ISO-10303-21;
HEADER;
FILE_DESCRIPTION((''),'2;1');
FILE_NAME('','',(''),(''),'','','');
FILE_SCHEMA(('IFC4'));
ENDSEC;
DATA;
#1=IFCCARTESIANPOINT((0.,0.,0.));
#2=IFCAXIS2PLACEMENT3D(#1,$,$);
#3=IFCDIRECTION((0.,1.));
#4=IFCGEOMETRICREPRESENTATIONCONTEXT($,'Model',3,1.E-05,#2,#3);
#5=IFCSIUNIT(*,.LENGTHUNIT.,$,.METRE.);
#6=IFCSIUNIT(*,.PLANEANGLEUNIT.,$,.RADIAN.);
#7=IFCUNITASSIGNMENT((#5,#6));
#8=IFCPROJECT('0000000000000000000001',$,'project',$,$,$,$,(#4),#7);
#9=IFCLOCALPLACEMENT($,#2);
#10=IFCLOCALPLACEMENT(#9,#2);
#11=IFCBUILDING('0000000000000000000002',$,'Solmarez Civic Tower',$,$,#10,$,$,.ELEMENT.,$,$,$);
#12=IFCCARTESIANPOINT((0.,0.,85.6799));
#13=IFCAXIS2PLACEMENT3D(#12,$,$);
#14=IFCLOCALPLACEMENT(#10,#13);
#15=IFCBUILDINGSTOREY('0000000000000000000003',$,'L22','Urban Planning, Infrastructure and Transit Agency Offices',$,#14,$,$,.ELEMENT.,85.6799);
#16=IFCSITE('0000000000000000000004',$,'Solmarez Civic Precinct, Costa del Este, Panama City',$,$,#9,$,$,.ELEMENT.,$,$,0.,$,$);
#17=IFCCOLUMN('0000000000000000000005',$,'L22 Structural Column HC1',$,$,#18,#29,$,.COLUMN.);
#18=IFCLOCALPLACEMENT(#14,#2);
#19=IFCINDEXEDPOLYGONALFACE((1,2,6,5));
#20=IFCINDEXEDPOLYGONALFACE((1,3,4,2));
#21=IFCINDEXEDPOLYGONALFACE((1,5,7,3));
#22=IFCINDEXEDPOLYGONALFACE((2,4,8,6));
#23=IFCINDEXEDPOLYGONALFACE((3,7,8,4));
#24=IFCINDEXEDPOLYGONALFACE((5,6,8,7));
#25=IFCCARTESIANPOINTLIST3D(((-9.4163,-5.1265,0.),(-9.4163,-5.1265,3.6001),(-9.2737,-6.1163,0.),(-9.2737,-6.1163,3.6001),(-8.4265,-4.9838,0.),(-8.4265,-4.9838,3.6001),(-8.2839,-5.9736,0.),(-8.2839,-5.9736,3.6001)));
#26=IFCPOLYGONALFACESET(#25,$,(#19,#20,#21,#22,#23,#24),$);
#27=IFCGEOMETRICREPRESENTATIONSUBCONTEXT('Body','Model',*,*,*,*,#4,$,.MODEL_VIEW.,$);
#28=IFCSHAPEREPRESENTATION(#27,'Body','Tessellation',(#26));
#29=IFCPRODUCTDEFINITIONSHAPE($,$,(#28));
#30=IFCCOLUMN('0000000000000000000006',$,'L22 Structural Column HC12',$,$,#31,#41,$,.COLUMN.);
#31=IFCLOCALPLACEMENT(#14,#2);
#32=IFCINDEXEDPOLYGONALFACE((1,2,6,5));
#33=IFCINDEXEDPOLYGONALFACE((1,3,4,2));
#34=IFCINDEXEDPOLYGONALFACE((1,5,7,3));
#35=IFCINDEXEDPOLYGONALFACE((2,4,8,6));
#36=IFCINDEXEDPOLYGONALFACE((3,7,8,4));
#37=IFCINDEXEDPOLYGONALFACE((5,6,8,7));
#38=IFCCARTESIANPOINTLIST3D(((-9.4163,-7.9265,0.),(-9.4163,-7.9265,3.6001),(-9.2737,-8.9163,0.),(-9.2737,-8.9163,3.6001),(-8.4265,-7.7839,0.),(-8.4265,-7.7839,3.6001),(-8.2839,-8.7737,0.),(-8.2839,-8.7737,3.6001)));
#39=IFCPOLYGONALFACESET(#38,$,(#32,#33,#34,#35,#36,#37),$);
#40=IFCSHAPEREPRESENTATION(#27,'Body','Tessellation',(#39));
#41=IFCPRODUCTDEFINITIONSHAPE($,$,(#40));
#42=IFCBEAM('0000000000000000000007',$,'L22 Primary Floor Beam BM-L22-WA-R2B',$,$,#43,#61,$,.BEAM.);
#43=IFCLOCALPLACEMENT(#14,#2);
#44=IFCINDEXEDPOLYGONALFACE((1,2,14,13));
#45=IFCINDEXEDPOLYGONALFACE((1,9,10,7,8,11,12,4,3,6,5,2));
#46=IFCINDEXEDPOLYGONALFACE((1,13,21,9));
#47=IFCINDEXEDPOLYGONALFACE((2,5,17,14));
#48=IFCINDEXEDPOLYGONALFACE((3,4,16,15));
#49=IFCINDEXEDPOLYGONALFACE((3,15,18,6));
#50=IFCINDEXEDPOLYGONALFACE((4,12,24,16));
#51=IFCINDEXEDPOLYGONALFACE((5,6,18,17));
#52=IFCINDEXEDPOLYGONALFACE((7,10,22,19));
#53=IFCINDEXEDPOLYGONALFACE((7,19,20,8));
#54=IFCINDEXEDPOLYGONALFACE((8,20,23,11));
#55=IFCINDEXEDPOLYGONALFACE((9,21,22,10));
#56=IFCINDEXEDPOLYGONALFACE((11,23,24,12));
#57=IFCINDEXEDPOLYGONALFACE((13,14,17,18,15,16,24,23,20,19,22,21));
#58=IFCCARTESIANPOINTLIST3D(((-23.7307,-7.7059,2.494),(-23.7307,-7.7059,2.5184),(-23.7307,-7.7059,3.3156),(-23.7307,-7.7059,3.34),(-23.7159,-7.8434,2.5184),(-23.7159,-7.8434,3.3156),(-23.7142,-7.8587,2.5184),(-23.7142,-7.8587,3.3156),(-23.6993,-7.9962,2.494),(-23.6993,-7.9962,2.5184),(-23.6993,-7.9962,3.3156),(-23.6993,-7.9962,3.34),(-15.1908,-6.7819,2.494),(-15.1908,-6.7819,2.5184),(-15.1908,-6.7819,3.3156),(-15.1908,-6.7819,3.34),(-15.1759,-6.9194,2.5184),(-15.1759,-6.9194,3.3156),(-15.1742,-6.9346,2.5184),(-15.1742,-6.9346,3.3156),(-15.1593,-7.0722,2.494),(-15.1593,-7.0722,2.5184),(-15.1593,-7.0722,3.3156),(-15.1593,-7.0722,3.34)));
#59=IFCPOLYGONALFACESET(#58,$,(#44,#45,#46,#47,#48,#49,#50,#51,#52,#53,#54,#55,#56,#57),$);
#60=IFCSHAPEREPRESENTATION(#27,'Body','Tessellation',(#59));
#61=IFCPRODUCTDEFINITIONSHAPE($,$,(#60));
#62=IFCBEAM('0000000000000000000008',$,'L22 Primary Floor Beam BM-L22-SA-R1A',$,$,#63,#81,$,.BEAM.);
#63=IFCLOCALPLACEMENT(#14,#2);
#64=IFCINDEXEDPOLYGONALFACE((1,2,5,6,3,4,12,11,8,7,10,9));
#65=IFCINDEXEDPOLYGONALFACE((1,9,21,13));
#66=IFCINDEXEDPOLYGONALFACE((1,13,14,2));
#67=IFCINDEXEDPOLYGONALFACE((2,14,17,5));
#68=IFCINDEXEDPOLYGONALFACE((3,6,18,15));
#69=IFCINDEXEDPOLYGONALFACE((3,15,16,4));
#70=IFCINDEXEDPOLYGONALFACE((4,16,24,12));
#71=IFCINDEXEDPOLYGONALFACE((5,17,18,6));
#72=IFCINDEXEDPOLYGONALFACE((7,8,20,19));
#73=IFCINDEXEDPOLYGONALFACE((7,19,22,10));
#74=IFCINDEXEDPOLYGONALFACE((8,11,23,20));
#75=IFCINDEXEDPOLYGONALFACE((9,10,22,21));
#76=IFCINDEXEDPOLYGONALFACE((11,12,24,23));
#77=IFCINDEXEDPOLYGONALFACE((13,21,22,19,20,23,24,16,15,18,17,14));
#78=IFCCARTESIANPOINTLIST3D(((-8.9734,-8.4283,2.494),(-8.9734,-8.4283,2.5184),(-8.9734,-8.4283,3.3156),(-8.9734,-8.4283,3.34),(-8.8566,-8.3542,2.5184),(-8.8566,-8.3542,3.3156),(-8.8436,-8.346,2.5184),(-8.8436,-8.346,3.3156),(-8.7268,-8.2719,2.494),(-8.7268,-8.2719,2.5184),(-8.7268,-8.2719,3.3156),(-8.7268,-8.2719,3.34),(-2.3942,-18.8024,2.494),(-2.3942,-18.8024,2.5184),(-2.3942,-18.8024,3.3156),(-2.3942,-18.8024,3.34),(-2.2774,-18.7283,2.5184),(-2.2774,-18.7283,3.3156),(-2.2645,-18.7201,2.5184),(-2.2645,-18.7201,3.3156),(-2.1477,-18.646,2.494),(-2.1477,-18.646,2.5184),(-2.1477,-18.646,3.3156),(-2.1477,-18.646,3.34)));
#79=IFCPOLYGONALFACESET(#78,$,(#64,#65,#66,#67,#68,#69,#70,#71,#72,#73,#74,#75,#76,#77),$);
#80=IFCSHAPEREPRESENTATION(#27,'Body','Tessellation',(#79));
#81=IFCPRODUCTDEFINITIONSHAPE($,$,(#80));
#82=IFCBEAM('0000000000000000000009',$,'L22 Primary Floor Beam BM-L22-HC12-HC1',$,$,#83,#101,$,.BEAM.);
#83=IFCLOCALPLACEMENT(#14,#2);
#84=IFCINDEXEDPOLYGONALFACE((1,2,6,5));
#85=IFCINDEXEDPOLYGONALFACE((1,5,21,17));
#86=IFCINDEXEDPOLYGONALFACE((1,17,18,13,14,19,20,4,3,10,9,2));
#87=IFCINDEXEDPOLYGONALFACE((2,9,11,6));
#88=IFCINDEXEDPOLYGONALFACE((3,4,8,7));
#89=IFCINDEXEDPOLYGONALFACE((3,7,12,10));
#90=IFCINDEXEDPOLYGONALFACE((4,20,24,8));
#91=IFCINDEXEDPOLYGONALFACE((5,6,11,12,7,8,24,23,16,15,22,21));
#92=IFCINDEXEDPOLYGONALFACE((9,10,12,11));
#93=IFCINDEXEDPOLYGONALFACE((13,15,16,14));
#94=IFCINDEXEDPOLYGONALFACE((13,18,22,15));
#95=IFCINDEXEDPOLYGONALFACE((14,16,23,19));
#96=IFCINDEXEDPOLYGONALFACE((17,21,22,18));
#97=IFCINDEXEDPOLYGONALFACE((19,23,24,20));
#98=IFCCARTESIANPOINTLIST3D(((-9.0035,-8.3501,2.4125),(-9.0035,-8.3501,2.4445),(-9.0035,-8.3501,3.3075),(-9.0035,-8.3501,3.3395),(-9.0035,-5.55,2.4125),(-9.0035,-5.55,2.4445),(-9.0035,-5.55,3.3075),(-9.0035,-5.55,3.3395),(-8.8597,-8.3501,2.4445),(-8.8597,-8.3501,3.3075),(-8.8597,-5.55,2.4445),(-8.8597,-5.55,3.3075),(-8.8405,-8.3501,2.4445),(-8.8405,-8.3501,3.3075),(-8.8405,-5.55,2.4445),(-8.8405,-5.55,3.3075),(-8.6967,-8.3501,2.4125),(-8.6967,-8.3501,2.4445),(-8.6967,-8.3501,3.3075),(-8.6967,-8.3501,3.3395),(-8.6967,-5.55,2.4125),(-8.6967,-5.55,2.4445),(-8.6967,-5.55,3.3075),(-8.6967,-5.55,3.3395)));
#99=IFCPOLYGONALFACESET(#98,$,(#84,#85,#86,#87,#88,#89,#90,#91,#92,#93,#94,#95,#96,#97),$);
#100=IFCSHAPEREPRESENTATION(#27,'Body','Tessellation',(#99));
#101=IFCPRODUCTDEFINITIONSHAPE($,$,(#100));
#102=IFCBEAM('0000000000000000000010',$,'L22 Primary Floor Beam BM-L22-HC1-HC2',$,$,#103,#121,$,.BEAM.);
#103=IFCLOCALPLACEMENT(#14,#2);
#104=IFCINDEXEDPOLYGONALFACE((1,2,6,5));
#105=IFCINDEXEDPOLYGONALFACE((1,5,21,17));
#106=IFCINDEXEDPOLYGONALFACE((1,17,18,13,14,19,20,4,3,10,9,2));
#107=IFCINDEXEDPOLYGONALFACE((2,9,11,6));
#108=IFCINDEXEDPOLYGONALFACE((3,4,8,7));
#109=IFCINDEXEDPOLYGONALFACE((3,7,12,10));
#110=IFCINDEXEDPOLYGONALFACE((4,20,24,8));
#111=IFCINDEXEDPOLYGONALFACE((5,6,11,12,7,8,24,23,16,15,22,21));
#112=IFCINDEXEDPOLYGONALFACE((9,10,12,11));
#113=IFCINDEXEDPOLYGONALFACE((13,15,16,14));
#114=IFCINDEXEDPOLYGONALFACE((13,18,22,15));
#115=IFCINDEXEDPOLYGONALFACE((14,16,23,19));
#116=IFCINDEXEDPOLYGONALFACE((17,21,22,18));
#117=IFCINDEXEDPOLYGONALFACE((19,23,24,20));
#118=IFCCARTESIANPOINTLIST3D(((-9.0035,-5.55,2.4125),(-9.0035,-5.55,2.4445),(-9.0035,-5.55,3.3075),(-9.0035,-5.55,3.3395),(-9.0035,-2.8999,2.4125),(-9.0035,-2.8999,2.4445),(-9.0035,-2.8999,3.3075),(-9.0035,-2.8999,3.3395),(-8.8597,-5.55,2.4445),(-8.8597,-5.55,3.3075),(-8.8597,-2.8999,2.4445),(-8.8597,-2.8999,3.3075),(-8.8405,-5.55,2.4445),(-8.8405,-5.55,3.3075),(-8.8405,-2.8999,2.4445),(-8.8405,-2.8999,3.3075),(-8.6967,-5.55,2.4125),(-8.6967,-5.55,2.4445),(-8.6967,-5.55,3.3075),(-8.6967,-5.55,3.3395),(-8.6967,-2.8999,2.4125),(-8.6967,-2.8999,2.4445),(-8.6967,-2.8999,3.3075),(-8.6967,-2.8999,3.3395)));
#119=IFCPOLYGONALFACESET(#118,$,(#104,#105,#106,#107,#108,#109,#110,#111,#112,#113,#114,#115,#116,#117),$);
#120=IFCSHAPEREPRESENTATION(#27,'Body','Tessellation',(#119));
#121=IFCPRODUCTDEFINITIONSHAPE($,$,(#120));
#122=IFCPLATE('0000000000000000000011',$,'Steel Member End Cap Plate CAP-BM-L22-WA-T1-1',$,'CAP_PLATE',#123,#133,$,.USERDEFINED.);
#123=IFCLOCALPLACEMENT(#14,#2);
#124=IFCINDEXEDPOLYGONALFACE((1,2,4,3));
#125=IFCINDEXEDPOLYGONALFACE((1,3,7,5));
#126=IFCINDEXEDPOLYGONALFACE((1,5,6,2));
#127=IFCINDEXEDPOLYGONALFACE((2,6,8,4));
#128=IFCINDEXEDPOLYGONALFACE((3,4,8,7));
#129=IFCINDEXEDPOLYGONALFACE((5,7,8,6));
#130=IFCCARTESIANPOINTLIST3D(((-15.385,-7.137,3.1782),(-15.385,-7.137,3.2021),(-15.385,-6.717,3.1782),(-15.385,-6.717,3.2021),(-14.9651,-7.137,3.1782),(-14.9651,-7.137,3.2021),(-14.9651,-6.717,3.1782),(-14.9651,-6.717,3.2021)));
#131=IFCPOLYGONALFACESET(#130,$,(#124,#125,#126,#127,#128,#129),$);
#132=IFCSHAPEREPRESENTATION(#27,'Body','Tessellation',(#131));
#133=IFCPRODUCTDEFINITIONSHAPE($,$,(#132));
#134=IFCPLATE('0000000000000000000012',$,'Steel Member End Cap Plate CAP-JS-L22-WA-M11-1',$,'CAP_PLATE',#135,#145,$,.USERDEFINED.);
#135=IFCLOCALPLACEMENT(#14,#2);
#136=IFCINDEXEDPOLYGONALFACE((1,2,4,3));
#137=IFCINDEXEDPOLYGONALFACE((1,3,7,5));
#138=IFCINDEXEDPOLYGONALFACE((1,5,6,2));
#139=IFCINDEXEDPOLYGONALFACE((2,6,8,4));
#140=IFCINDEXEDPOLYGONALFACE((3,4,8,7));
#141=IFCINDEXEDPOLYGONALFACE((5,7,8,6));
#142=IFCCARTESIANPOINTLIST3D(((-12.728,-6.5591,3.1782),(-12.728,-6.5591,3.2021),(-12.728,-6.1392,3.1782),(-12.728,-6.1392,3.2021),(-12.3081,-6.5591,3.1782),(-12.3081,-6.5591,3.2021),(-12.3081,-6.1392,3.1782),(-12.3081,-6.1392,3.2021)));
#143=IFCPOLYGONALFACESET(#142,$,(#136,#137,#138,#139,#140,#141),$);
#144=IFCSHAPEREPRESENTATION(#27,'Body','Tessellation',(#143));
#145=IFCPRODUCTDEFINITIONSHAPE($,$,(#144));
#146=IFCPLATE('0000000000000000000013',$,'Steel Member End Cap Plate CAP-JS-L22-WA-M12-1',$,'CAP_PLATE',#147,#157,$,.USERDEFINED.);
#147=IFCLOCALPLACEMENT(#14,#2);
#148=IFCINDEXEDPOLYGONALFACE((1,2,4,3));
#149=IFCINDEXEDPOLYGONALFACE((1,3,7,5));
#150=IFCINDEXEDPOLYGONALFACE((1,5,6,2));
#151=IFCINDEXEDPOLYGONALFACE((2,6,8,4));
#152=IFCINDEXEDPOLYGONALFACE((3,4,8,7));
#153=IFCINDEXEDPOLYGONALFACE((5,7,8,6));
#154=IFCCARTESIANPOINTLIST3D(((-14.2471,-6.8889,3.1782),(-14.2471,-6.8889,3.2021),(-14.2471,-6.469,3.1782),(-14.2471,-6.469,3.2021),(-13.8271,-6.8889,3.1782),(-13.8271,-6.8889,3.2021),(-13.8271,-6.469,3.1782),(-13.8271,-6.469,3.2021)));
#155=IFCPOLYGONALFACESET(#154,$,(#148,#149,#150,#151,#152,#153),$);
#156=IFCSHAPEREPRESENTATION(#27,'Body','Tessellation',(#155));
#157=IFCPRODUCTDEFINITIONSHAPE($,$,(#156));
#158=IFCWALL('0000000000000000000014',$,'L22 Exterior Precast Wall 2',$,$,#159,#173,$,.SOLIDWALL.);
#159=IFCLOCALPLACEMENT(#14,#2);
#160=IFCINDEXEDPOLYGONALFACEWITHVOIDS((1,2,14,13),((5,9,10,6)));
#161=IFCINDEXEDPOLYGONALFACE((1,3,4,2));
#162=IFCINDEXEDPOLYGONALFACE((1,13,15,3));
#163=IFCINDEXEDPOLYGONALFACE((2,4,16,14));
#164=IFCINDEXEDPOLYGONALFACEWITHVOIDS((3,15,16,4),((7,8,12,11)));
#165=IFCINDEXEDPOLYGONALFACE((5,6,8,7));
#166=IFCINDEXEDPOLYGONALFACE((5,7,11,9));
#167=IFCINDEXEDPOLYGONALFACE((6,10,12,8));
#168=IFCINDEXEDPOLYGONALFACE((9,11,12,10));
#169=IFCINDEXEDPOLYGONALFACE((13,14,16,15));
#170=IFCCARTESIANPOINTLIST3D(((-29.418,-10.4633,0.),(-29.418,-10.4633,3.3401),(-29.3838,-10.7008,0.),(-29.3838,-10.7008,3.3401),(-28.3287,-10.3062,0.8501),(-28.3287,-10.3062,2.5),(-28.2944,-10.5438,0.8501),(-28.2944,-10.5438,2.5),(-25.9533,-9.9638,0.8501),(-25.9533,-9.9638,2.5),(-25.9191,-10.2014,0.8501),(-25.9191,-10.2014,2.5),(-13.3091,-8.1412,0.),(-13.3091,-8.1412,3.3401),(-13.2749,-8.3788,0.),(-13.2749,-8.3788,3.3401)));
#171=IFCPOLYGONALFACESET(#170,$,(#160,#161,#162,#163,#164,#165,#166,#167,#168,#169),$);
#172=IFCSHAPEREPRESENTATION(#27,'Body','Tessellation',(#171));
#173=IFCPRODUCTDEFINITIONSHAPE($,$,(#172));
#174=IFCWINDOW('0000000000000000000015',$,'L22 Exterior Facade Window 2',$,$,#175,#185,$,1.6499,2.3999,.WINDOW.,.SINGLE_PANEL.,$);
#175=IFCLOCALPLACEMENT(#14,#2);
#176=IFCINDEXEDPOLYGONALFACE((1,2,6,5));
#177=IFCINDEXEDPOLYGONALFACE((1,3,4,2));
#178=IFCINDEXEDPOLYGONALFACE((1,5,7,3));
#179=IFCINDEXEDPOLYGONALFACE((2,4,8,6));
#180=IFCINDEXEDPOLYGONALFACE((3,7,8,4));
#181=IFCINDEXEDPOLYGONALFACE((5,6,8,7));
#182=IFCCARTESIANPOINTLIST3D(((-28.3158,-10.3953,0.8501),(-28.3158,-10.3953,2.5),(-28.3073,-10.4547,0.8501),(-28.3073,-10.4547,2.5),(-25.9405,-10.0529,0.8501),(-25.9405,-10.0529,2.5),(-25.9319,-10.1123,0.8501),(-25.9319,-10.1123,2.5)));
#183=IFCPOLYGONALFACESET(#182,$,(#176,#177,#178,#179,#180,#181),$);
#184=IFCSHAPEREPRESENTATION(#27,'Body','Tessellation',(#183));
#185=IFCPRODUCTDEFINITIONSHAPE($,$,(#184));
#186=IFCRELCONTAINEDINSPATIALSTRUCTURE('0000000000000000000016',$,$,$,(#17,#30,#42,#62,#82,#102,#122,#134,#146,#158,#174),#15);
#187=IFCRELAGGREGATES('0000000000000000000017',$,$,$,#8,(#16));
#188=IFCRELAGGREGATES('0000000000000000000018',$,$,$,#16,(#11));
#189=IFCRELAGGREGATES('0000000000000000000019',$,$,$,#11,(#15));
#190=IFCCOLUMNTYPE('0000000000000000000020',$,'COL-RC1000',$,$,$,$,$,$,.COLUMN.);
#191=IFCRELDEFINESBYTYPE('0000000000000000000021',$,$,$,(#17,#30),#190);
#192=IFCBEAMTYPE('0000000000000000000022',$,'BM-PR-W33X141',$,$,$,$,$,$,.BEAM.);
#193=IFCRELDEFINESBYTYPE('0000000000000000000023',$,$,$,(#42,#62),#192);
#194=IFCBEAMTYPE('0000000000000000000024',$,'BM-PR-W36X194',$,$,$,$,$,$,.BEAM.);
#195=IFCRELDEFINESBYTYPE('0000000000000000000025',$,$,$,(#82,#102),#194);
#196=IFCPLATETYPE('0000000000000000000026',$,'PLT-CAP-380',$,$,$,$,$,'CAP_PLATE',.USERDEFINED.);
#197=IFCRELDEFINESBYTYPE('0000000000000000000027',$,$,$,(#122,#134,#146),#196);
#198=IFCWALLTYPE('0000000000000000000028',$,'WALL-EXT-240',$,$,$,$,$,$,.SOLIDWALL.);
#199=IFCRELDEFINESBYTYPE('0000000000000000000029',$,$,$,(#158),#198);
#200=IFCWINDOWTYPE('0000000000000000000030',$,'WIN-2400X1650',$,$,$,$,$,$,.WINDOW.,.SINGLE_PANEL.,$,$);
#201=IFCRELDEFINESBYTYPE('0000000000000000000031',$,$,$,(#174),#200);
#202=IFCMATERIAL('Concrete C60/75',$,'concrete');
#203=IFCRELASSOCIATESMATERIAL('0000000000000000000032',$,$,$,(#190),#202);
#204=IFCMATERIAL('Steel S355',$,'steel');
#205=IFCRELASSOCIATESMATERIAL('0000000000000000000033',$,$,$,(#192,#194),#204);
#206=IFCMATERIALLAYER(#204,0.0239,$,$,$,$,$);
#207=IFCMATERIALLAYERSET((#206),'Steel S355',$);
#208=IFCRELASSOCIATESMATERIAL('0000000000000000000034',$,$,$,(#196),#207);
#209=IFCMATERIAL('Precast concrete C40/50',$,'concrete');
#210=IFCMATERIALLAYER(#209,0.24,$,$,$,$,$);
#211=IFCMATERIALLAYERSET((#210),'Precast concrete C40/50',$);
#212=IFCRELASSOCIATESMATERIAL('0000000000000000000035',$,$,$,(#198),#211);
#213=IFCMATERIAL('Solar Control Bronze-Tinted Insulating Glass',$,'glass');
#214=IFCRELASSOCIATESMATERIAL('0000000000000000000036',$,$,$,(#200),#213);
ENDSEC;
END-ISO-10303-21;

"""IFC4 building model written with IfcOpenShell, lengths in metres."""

from ifc_helpers import new_model, si_unit, direction, frame, frame_2d, origin, origin_2d, place, context, subcontext, project, spatial, rectangle, i_section, extrude, material, layer, layer_set, material_profile, profile_set, type_object, element, fill, save


model = new_model("IFC4")

# Units and contexts
model_context = context("Model", 3, precision=1e-05, world=origin(), true_north=direction((0.0, 1.0)))
body_context = subcontext(model_context, "Body", "Model", "MODEL_VIEW")
ifc_project = project(units=[si_unit("LENGTHUNIT", "METRE"), si_unit("PLANEANGLEUNIT", "RADIAN")], contexts=[model_context])

# Site, building, storey
site_placement = place(None, origin())
site = spatial("IfcSite", under=ifc_project, at=site_placement, Name="Solmarez Civic Precinct, Costa del Este, Panama City", CompositionType="ELEMENT", RefElevation=0.0)
building_placement = place(site_placement, origin())
building = spatial("IfcBuilding", under=site, at=building_placement, Name="Solmarez Civic Tower", CompositionType="ELEMENT")
storey_placement = place(building_placement, frame((0.0, 0.0, 85.6799)))
storey = spatial("IfcBuildingStorey", under=building, at=storey_placement, Name="L22", Description="Urban Planning, Infrastructure and Transit Agency Offices", CompositionType="ELEMENT", Elevation=85.6799)

# Columns
ifc_material_1 = material(Name="Concrete C60/75", Category="concrete")
ifc_material_profile_1 = material_profile(ifc_material_1, rectangle(XDim=1.0, YDim=1.0, at=origin_2d()), Name="RC1000X1000")
ifc_profile_set_1 = profile_set([ifc_material_profile_1], Name="Concrete C60/75")
column_type = type_object("IfcColumnType", Name="COL-RC1000", PredefinedType="COLUMN", material=ifc_profile_set_1)
for number, where, z_axis, x_axis, name in (
    (1, (-8.8501, -5.55, 0.0), (0.0, 0.0, 1.0), (0.989776, 0.142629, 0.0), "L22 Structural Column HC1"),
    (2, (-8.8501, -8.3501, 0.0), (0.0, 0.0, 1.0), (0.989776, 0.142629, 0.0), "L22 Structural Column HC12"),
):
    element("IfcColumn", number, at=place(storey_placement, frame(where, z_axis=z_axis, x_axis=x_axis)), inside=storey, type_object=column_type, Name=name, PredefinedType="COLUMN", context=body_context, shape_type="SweptSolid", body=[
        extrude(rectangle(XDim=1.0, YDim=1.0, at=origin_2d()), origin(), (0.0, 0.0, 1.0), 3.6001),
    ])

# Beams
ifc_material_2 = material(Name="Steel S355", Category="steel")
ifc_material_profile_2 = material_profile(ifc_material_2, i_section(OverallWidth=0.292, OverallDepth=0.8459, WebThickness=0.0154, FlangeThickness=0.0244, at=origin_2d()), Name="W33X141")
ifc_profile_set_2 = profile_set([ifc_material_profile_2], Name="Steel S355")
beam_type_1 = type_object("IfcBeamType", Name="BM-PR-W33X141", PredefinedType="BEAM", material=ifc_profile_set_2)
beam_1_placement = place(storey_placement, frame((-15.175, -6.927, 2.917), z_axis=(-0.994197, -0.107577, 0.0), x_axis=(0.107577, -0.994197, 0.0)))
element("IfcBeam", 3, at=beam_1_placement, inside=storey, type_object=beam_type_1, Name="L22 Primary Floor Beam BM-L22-WA-R2B", PredefinedType="BEAM", context=body_context, shape_type="SweptSolid", body=[
    extrude(i_section(OverallWidth=0.292, OverallDepth=0.8459, WebThickness=0.0154, FlangeThickness=0.0244, at=origin_2d()), origin(), (0.0, 0.0, 1.0), 8.5898),
])
beam_2_placement = place(storey_placement, frame((-8.8501, -8.3501, 2.917), z_axis=(0.535568, -0.844492, 0.0), x_axis=(0.844492, 0.535568, 0.0)))
element("IfcBeam", 4, at=beam_2_placement, inside=storey, type_object=beam_type_1, Name="L22 Primary Floor Beam BM-L22-SA-R1A", PredefinedType="BEAM", context=body_context, shape_type="SweptSolid", body=[
    extrude(i_section(OverallWidth=0.292, OverallDepth=0.8459, WebThickness=0.0154, FlangeThickness=0.0244, at=origin_2d()), origin(), (0.0, 0.0, 1.0), 12.2844),
])
ifc_material_profile_3 = material_profile(ifc_material_2, i_section(OverallWidth=0.3069, OverallDepth=0.927, WebThickness=0.0193, FlangeThickness=0.032, at=origin_2d()), Name="W36X194")
ifc_profile_set_3 = profile_set([ifc_material_profile_3], Name="Steel S355")
beam_type_2 = type_object("IfcBeamType", Name="BM-PR-W36X194", PredefinedType="BEAM", material=ifc_profile_set_3)
beam_3_placement = place(storey_placement, frame((-8.8501, -8.3501, 2.876), z_axis=(0.0, 1.0, 0.0), x_axis=(-1.0, 0.0, 0.0)))
element("IfcBeam", 5, at=beam_3_placement, inside=storey, type_object=beam_type_2, Name="L22 Primary Floor Beam BM-L22-HC12-HC1", PredefinedType="BEAM", context=body_context, shape_type="SweptSolid", body=[
    extrude(i_section(OverallWidth=0.3069, OverallDepth=0.927, WebThickness=0.0193, FlangeThickness=0.032, at=origin_2d()), origin(), (0.0, 0.0, 1.0), 2.8),
])
beam_4_placement = place(storey_placement, frame((-8.8501, -5.55, 2.876), z_axis=(0.0, 1.0, 0.0), x_axis=(-1.0, 0.0, 0.0)))
element("IfcBeam", 6, at=beam_4_placement, inside=storey, type_object=beam_type_2, Name="L22 Primary Floor Beam BM-L22-HC1-HC2", PredefinedType="BEAM", context=body_context, shape_type="SweptSolid", body=[
    extrude(i_section(OverallWidth=0.3069, OverallDepth=0.927, WebThickness=0.0193, FlangeThickness=0.032, at=origin_2d()), origin(), (0.0, 0.0, 1.0), 2.6501),
])

# Plates
ifc_layer_1 = layer(ifc_material_2, 0.0239)
ifc_layer_set_1 = layer_set([ifc_layer_1], Name="Steel S355")
plate_type = type_object("IfcPlateType", Name="PLT-CAP-380", ElementType="CAP_PLATE", PredefinedType="USERDEFINED", material=ifc_layer_set_1)
for number, where, z_axis, x_axis, name in (
    (7, (-15.175, -6.927, 3.1782), (0.0, 0.0, 1.0), (1.0, 0.0, 0.0), "Steel Member End Cap Plate CAP-BM-L22-WA-T1-1"),
    (8, (-12.5181, -6.3491, 3.1782), (0.0, 0.0, 1.0), (1.0, 0.0, 0.0), "Steel Member End Cap Plate CAP-JS-L22-WA-M11-1"),
    (9, (-14.0371, -6.679, 3.1782), (0.0, 0.0, 1.0), (1.0, 0.0, 0.0), "Steel Member End Cap Plate CAP-JS-L22-WA-M12-1"),
):
    element("IfcPlate", number, at=place(storey_placement, frame(where, z_axis=z_axis, x_axis=x_axis)), inside=storey, type_object=plate_type, Name=name, ObjectType="CAP_PLATE", PredefinedType="USERDEFINED", context=body_context, shape_type="SweptSolid", body=[
        extrude(rectangle(XDim=0.4199, YDim=0.4199, at=origin_2d()), origin(), (0.0, 0.0, 1.0), 0.0239),
    ])

# Wall, opening, window
ifc_material_3 = material(Name="Precast concrete C40/50", Category="concrete")
ifc_layer_2 = layer(ifc_material_3, 0.24)
ifc_layer_set_2 = layer_set([ifc_layer_2], Name="Precast concrete C40/50")
wall_type_1 = type_object("IfcWallType", Name="WALL-EXT-240", PredefinedType="SOLIDWALL", material=ifc_layer_set_2)
wall_1_placement = place(storey_placement, frame((-13.292, -8.26, 0.0), z_axis=(0.0, 0.0, 1.0), x_axis=(-0.98977, -0.142671, 0.0)))
wall_1 = element("IfcWall", 10, at=wall_1_placement, inside=storey, type_object=wall_type_1, Name="L22 Exterior Precast Wall 2", PredefinedType="SOLIDWALL", context=body_context, shape_type="SweptSolid", body=[
    extrude(rectangle(XDim=16.2754, YDim=0.24, at=frame_2d((8.1377, 0.0))), origin(), (0.0, 0.0, 1.0), 3.3401),
])
opening_1_placement = place(wall_1_placement, frame((12.7749, 0.0, 0.8501)))
opening_1 = element("IfcOpeningElement", 11, at=opening_1_placement, cuts=wall_1, PredefinedType="OPENING", context=body_context, shape_type="SweptSolid", body=[
    extrude(rectangle(XDim=2.3999, YDim=1.6499, at=frame_2d((1.2, 0.825))), frame((0.0, 0.1299, 0.0), z_axis=(0.0, -1.0, 0.0), x_axis=(1.0, 0.0, 0.0)), (0.0, 0.0, 1.0), 0.26),
])
ifc_material_4 = material(Name="Solar Control Bronze-Tinted Insulating Glass", Category="glass")
window_type = type_object("IfcWindowType", Name="WIN-2400X1650", PartitioningType="SINGLE_PANEL", PredefinedType="WINDOW", material=ifc_material_4)
window_placement = place(opening_1_placement, origin())
window = element("IfcWindow", 12, at=window_placement, inside=storey, type_object=window_type, Name="L22 Exterior Facade Window 2", OverallHeight=1.6499, OverallWidth=2.3999, PartitioningType="SINGLE_PANEL", PredefinedType="WINDOW", context=body_context, shape_type="SweptSolid", body=[
    extrude(rectangle(XDim=2.3999, YDim=1.6499, at=frame_2d((1.2, 0.825))), frame((0.0, 0.03, 0.0), z_axis=(0.0, -1.0, 0.0), x_axis=(1.0, 0.0, 0.0)), (0.0, 0.0, 1.0), 0.0601),
])
fill(opening_1, window)

save(model, "model.ifc")
